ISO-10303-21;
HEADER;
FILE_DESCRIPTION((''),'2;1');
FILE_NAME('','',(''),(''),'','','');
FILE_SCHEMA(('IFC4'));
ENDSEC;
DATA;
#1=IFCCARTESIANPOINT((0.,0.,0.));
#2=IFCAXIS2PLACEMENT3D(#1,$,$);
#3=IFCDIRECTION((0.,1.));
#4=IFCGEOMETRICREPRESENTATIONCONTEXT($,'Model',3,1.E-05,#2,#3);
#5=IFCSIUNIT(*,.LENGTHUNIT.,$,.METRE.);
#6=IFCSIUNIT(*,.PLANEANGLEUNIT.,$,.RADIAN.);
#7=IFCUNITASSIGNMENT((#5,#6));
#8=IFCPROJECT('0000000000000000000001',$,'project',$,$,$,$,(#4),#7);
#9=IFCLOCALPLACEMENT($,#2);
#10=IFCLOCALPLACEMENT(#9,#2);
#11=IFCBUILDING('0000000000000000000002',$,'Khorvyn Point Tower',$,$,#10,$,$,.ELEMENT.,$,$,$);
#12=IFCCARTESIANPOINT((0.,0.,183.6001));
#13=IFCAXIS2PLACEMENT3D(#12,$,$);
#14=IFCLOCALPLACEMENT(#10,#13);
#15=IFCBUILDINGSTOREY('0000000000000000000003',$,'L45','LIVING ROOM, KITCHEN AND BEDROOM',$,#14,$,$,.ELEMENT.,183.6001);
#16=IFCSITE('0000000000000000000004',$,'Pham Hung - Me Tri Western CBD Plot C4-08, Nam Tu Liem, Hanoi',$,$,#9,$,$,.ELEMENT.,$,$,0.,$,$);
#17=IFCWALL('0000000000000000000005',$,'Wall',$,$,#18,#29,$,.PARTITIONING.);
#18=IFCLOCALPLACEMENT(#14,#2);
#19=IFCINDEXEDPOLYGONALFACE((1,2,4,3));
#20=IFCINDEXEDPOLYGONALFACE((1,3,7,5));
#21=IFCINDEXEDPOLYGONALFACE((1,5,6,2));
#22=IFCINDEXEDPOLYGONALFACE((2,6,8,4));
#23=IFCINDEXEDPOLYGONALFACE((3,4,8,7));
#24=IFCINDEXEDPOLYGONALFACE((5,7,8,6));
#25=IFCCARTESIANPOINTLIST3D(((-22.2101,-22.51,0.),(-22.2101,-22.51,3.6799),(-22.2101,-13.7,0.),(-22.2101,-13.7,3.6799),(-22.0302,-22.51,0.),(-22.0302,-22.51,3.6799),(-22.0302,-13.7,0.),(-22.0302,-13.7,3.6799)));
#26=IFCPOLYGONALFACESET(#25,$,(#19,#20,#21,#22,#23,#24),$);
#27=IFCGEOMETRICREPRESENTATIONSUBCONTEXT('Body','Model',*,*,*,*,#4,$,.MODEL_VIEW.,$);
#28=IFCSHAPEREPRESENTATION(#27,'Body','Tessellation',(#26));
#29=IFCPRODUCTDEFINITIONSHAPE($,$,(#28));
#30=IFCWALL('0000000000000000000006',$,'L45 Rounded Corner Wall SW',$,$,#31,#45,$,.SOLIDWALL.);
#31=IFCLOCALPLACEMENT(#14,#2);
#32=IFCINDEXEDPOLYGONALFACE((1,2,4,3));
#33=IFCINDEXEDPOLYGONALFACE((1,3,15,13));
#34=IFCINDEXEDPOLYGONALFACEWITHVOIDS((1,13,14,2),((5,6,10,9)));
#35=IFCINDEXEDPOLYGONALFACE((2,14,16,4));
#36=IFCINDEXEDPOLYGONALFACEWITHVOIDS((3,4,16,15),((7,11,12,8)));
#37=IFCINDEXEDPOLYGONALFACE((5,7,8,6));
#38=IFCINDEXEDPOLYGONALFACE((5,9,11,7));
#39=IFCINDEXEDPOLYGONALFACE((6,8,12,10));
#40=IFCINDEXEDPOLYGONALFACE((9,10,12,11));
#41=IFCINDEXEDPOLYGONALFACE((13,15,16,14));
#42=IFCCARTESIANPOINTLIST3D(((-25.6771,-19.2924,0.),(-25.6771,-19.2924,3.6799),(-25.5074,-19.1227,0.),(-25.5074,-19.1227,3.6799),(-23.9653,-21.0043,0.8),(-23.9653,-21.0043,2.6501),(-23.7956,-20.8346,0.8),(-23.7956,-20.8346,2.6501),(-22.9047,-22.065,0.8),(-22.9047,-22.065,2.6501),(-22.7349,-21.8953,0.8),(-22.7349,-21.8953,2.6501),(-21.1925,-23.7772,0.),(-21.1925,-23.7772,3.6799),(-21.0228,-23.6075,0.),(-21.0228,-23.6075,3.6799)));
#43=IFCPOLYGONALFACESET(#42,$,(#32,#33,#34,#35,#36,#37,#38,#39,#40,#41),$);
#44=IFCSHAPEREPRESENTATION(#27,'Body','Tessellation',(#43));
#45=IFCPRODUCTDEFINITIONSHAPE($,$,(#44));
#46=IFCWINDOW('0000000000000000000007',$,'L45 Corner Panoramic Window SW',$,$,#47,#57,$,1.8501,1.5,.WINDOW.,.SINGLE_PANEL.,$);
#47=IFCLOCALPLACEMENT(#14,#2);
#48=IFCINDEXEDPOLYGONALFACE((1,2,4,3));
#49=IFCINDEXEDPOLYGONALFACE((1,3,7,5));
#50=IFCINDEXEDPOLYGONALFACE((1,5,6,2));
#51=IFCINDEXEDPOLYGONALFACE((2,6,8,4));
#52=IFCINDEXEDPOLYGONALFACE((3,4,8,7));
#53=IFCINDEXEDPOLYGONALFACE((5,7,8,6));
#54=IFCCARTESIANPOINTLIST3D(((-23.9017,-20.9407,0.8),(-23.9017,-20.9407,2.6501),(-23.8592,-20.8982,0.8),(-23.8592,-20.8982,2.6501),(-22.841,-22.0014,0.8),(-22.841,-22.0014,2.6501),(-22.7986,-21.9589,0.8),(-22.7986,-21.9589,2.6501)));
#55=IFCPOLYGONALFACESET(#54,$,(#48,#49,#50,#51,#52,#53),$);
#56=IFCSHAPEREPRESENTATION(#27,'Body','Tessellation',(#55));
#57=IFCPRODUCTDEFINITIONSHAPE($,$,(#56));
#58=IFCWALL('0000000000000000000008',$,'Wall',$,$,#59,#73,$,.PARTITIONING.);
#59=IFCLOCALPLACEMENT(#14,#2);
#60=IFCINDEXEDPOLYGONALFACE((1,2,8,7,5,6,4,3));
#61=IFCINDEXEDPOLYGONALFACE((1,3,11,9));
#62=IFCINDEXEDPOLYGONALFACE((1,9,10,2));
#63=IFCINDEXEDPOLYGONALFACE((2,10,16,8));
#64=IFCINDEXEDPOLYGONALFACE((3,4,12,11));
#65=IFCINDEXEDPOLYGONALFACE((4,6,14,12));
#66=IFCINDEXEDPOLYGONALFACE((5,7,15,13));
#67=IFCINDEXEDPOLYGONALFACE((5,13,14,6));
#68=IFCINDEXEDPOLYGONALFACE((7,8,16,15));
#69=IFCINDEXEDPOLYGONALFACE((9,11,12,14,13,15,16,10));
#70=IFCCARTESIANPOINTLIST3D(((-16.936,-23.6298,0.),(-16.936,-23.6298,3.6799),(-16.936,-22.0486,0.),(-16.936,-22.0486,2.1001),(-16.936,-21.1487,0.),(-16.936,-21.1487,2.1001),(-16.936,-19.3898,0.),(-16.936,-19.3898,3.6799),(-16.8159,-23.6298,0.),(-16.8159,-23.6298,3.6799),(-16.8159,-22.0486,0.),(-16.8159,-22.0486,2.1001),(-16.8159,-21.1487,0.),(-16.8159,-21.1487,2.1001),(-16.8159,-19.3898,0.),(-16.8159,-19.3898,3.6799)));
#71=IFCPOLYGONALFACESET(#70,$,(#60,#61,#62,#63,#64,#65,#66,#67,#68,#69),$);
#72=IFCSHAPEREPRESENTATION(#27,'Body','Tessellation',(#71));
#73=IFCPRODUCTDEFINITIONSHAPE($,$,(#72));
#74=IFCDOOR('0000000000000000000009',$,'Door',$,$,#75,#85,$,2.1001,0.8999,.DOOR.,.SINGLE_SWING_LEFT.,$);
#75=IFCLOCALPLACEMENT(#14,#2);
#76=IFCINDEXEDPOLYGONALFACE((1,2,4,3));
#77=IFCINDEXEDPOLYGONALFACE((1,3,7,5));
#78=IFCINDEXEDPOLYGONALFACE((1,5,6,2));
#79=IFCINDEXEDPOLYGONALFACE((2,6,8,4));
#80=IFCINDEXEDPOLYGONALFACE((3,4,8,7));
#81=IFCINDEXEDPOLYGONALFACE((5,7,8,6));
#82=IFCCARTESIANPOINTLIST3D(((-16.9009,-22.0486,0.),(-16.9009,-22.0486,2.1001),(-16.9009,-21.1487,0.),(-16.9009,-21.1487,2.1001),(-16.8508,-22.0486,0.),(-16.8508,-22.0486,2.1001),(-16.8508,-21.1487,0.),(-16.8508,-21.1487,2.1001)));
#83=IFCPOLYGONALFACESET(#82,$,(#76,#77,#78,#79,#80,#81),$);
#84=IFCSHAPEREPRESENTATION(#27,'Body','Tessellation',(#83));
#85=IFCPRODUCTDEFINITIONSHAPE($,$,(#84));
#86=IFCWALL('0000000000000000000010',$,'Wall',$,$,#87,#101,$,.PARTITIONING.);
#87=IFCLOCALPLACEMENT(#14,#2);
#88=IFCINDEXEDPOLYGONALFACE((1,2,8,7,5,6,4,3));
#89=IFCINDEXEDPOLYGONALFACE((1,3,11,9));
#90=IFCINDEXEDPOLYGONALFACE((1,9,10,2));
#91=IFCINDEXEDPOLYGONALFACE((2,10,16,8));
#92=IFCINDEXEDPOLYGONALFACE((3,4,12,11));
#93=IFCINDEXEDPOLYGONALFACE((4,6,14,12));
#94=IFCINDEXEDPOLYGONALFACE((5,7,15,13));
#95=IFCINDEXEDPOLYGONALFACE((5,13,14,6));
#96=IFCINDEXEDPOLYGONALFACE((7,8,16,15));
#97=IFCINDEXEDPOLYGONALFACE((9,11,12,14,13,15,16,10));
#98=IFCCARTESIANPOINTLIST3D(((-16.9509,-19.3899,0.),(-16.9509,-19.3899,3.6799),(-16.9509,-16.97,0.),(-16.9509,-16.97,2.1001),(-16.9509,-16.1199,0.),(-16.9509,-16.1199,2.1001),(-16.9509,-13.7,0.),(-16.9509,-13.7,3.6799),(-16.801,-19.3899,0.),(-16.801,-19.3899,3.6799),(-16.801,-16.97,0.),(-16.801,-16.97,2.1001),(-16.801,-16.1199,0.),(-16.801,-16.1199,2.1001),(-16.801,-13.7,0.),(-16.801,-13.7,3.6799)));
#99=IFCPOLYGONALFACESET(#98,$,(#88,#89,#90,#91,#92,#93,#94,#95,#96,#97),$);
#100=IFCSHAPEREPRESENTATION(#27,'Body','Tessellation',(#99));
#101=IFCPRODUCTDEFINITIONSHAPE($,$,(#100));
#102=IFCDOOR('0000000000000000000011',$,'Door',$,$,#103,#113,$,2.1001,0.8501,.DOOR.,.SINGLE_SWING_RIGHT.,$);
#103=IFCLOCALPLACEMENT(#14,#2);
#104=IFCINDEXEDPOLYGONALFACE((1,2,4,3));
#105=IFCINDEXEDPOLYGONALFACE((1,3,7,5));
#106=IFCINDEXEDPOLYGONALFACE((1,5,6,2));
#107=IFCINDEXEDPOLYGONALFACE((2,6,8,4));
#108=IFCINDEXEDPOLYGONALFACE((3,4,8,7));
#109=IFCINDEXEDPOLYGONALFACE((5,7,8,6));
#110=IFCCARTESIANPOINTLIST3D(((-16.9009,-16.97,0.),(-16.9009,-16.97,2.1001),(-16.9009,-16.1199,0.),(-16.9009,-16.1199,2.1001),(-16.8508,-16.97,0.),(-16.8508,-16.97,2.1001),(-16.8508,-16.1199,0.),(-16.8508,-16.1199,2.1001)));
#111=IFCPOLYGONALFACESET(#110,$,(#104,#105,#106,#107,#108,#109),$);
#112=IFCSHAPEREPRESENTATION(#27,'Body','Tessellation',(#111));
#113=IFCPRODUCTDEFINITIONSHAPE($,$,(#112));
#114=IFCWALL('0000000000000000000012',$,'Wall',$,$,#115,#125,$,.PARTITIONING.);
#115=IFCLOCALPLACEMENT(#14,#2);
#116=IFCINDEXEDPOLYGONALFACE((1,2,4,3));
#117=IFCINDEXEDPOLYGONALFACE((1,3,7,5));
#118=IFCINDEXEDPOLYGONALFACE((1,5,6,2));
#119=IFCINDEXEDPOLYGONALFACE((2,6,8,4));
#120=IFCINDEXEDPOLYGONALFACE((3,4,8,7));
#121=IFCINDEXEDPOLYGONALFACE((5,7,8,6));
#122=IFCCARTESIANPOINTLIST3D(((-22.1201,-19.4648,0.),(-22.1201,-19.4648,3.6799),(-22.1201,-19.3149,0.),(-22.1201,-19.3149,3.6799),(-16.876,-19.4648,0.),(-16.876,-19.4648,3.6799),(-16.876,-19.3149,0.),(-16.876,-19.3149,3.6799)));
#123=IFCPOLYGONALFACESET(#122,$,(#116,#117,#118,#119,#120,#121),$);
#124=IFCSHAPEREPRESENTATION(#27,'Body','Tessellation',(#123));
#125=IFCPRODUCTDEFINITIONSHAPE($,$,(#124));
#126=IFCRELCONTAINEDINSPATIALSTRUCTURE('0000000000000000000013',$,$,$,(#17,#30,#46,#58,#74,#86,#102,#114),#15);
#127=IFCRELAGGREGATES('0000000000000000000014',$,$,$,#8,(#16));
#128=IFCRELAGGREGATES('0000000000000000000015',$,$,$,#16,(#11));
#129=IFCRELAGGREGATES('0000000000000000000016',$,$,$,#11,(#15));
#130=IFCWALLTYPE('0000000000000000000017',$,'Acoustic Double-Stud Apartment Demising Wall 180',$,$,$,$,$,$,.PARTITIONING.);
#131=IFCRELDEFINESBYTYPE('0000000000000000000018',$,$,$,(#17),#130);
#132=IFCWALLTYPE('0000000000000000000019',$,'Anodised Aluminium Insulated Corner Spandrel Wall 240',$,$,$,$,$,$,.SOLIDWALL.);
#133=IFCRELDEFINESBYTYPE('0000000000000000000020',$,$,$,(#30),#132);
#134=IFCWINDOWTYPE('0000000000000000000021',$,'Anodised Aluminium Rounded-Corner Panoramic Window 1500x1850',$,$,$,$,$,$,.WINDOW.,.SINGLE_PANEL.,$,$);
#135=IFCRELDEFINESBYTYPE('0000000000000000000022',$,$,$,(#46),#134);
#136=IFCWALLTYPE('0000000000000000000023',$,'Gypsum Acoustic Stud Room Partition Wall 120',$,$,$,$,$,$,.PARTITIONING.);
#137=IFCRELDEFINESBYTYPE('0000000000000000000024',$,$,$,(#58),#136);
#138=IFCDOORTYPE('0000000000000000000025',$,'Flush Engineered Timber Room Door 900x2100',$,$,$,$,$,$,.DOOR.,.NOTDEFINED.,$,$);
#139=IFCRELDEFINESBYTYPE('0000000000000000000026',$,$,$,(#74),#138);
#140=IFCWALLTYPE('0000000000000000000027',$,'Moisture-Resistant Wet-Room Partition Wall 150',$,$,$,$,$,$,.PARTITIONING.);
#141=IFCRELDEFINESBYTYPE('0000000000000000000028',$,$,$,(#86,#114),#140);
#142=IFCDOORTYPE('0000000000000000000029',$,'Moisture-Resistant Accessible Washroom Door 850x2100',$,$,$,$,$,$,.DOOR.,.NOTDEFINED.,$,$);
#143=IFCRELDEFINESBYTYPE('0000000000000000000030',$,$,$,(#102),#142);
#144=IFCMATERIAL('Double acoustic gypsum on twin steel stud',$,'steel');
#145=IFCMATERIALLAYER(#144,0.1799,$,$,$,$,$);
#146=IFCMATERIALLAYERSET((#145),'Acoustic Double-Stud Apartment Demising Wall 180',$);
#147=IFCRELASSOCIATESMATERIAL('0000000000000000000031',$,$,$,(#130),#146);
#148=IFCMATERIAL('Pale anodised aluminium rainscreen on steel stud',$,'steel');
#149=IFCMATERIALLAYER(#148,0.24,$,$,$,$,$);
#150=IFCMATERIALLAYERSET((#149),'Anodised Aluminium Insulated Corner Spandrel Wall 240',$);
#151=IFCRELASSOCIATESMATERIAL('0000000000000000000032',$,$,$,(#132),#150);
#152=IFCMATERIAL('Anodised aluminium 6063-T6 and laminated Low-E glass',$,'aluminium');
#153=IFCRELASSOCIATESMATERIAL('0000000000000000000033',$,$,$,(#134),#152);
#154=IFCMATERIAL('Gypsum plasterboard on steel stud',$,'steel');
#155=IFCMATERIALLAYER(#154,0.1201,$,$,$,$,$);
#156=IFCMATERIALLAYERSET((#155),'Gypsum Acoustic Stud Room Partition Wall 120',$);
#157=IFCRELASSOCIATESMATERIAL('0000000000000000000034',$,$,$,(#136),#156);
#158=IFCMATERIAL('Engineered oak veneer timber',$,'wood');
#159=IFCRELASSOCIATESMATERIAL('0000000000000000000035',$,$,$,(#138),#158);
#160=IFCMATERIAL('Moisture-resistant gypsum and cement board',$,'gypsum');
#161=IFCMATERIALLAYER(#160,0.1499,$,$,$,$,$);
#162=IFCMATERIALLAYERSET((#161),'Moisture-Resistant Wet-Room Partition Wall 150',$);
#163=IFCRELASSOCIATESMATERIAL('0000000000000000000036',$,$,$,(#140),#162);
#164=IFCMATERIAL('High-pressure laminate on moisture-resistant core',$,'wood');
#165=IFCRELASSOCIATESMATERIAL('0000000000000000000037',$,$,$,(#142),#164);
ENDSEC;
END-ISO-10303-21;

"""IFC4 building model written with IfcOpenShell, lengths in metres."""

from ifc_helpers import new_model, si_unit, direction, frame, frame_2d, origin, place, context, subcontext, project, spatial, rectangle, extrude, material, layer, layer_set, type_object, element, fill, save


model = new_model("IFC4")

# Units and contexts
model_context = context("Model", 3, precision=1e-05, world=origin(), true_north=direction((0.0, 1.0)))
body_context = subcontext(model_context, "Body", "Model", "MODEL_VIEW")
ifc_project = project(units=[si_unit("LENGTHUNIT", "METRE"), si_unit("PLANEANGLEUNIT", "RADIAN")], contexts=[model_context])

# Site, building, storey
site_placement = place(None, origin())
site = spatial("IfcSite", under=ifc_project, at=site_placement, Name="Pham Hung - Me Tri Western CBD Plot C4-08, Nam Tu Liem, Hanoi", CompositionType="ELEMENT", RefElevation=0.0)
building_placement = place(site_placement, origin())
building = spatial("IfcBuilding", under=site, at=building_placement, Name="Khorvyn Point Tower", CompositionType="ELEMENT")
storey_placement = place(building_placement, frame((0.0, 0.0, 183.6001)))
storey = spatial("IfcBuildingStorey", under=building, at=storey_placement, Name="L45", Description="LIVING ROOM, KITCHEN AND BEDROOM", CompositionType="ELEMENT", Elevation=183.6001)

# Shared definitions
ifc_material_1 = material(Name="Anodised aluminium 6063-T6 and laminated Low-E glass", Category="aluminium")

# Wall
ifc_material_2 = material(Name="Double acoustic gypsum on twin steel stud", Category="steel")
ifc_layer_1 = layer(ifc_material_2, 0.1799)
ifc_layer_set_1 = layer_set([ifc_layer_1], Name="Acoustic Double-Stud Apartment Demising Wall 180")
wall_type_1 = type_object("IfcWallType", Name="Acoustic Double-Stud Apartment Demising Wall 180", PredefinedType="PARTITIONING", material=ifc_layer_set_1)
wall_1_placement = place(storey_placement, frame((-22.1201, -22.51, 0.0), z_axis=(0.0, 0.0, 1.0), x_axis=(0.0, 1.0, 0.0)))
element("IfcWall", 1, at=wall_1_placement, inside=storey, type_object=wall_type_1, Name="Wall", PredefinedType="PARTITIONING", context=body_context, shape_type="SweptSolid", body=[
    extrude(rectangle(XDim=8.8101, YDim=0.1799, at=frame_2d((4.405, 0.0))), origin(), (0.0, 0.0, 1.0), 3.6799),
])

# Wall, opening, window
ifc_material_3 = material(Name="Pale anodised aluminium rainscreen on steel stud", Category="steel")
ifc_layer_2 = layer(ifc_material_3, 0.24)
ifc_layer_set_2 = layer_set([ifc_layer_2], Name="Anodised Aluminium Insulated Corner Spandrel Wall 240")
wall_type_2 = type_object("IfcWallType", Name="Anodised Aluminium Insulated Corner Spandrel Wall 240", PredefinedType="SOLIDWALL", material=ifc_layer_set_2)
wall_2_placement = place(storey_placement, frame((-21.1077, -23.6924, 0.0), z_axis=(0.0, 0.0, 1.0), x_axis=(-0.707088, 0.707126, 0.0)))
wall_2 = element("IfcWall", 2, at=wall_2_placement, inside=storey, type_object=wall_type_2, Name="L45 Rounded Corner Wall SW", PredefinedType="SOLIDWALL", context=body_context, shape_type="SweptSolid", body=[
    extrude(rectangle(XDim=6.3423, YDim=0.24, at=frame_2d((3.1711, 0.0))), origin(), (0.0, 0.0, 1.0), 3.6799),
])
opening_1_placement = place(wall_2_placement, frame((2.4214, 0.0, 0.8)))
opening_1 = element("IfcOpeningElement", 3, at=opening_1_placement, cuts=wall_2, PredefinedType="OPENING", context=body_context, shape_type="SweptSolid", body=[
    extrude(rectangle(XDim=1.5, YDim=1.8501, at=frame_2d((0.75, 0.925))), frame((0.0, 0.1299, 0.0), z_axis=(0.0, -1.0, 0.0), x_axis=(1.0, 0.0, 0.0)), (0.0, 0.0, 1.0), 0.26),
])
window_type = type_object("IfcWindowType", Name="Anodised Aluminium Rounded-Corner Panoramic Window 1500x1850", PartitioningType="SINGLE_PANEL", PredefinedType="WINDOW", material=ifc_material_1)
window_placement = place(opening_1_placement, origin())
window = element("IfcWindow", 4, at=window_placement, inside=storey, type_object=window_type, Name="L45 Corner Panoramic Window SW", OverallHeight=1.8501, OverallWidth=1.5, PartitioningType="SINGLE_PANEL", PredefinedType="WINDOW", context=body_context, shape_type="SweptSolid", body=[
    extrude(rectangle(XDim=1.5, YDim=1.8501, at=frame_2d((0.75, 0.925))), frame((0.0, 0.03, 0.0), z_axis=(0.0, -1.0, 0.0), x_axis=(1.0, 0.0, 0.0)), (0.0, 0.0, 1.0), 0.0601),
])
fill(opening_1, window)

# Walls, openings, doors
ifc_material_4 = material(Name="Gypsum plasterboard on steel stud", Category="steel")
ifc_layer_3 = layer(ifc_material_4, 0.1201)
ifc_layer_set_3 = layer_set([ifc_layer_3], Name="Gypsum Acoustic Stud Room Partition Wall 120")
wall_type_3 = type_object("IfcWallType", Name="Gypsum Acoustic Stud Room Partition Wall 120", PredefinedType="PARTITIONING", material=ifc_layer_set_3)
wall_3_placement = place(storey_placement, frame((-16.876, -23.6299, 0.0), z_axis=(0.0, 0.0, 1.0), x_axis=(0.0, 1.0, 0.0)))
wall_3 = element("IfcWall", 5, at=wall_3_placement, inside=storey, type_object=wall_type_3, Name="Wall", PredefinedType="PARTITIONING", context=body_context, shape_type="SweptSolid", body=[
    extrude(rectangle(XDim=4.24, YDim=0.1201, at=frame_2d((2.1201, 0.0))), origin(), (0.0, 0.0, 1.0), 3.6799),
])
opening_2_placement = place(wall_3_placement, frame((1.5813, 0.0, 0.0)))
opening_2 = element("IfcOpeningElement", 6, at=opening_2_placement, cuts=wall_3, PredefinedType="OPENING", context=body_context, shape_type="SweptSolid", body=[
    extrude(rectangle(XDim=0.8999, YDim=2.1001, at=frame_2d((0.45, 1.05))), frame((0.0, 0.0701, 0.0), z_axis=(0.0, -1.0, 0.0), x_axis=(1.0, 0.0, 0.0)), (0.0, 0.0, 1.0), 0.1401),
])
ifc_material_5 = material(Name="Engineered oak veneer timber", Category="wood")
door_type_1 = type_object("IfcDoorType", Name="Flush Engineered Timber Room Door 900x2100", OperationType="NOTDEFINED", PredefinedType="DOOR", material=ifc_material_5)
door_1_placement = place(opening_2_placement, origin())
door_1 = element("IfcDoor", 7, at=door_1_placement, inside=storey, type_object=door_type_1, Name="Door", OperationType="SINGLE_SWING_LEFT", OverallHeight=2.1001, OverallWidth=0.8999, PredefinedType="DOOR", context=body_context, shape_type="SweptSolid", body=[
    extrude(rectangle(XDim=0.8999, YDim=2.1001, at=frame_2d((0.45, 1.05))), frame((0.0, 0.0249, 0.0), z_axis=(0.0, -1.0, 0.0), x_axis=(1.0, 0.0, 0.0)), (0.0, 0.0, 1.0), 0.05),
])
fill(opening_2, door_1)
ifc_material_6 = material(Name="Moisture-resistant gypsum and cement board", Category="gypsum")
ifc_layer_4 = layer(ifc_material_6, 0.1499)
ifc_layer_set_4 = layer_set([ifc_layer_4], Name="Moisture-Resistant Wet-Room Partition Wall 150")
wall_type_4 = type_object("IfcWallType", Name="Moisture-Resistant Wet-Room Partition Wall 150", PredefinedType="PARTITIONING", material=ifc_layer_set_4)
wall_4_placement = place(storey_placement, frame((-16.876, -19.3899, 0.0), z_axis=(0.0, 0.0, 1.0), x_axis=(0.0, 1.0, 0.0)))
wall_4 = element("IfcWall", 8, at=wall_4_placement, inside=storey, type_object=wall_type_4, Name="Wall", PredefinedType="PARTITIONING", context=body_context, shape_type="SweptSolid", body=[
    extrude(rectangle(XDim=5.6899, YDim=0.1499, at=frame_2d((2.845, 0.0))), origin(), (0.0, 0.0, 1.0), 3.6799),
])
opening_3_placement = place(wall_4_placement, frame((2.4199, 0.0, 0.0)))
opening_3 = element("IfcOpeningElement", 9, at=opening_3_placement, cuts=wall_4, PredefinedType="OPENING", context=body_context, shape_type="SweptSolid", body=[
    extrude(rectangle(XDim=0.8501, YDim=2.1001, at=frame_2d((0.425, 1.05))), frame((0.0, 0.085, 0.0), z_axis=(0.0, -1.0, 0.0), x_axis=(1.0, 0.0, 0.0)), (0.0, 0.0, 1.0), 0.1699),
])
ifc_material_7 = material(Name="High-pressure laminate on moisture-resistant core", Category="wood")
door_type_2 = type_object("IfcDoorType", Name="Moisture-Resistant Accessible Washroom Door 850x2100", OperationType="NOTDEFINED", PredefinedType="DOOR", material=ifc_material_7)
door_2_placement = place(opening_3_placement, origin())
door_2 = element("IfcDoor", 10, at=door_2_placement, inside=storey, type_object=door_type_2, Name="Door", OperationType="SINGLE_SWING_RIGHT", OverallHeight=2.1001, OverallWidth=0.8501, PredefinedType="DOOR", context=body_context, shape_type="SweptSolid", body=[
    extrude(rectangle(XDim=0.8501, YDim=2.1001, at=frame_2d((0.425, 1.05))), frame((0.0, 0.0249, 0.0), z_axis=(0.0, -1.0, 0.0), x_axis=(1.0, 0.0, 0.0)), (0.0, 0.0, 1.0), 0.05),
])
fill(opening_3, door_2)

# Wall
wall_5_placement = place(storey_placement, frame((-22.1201, -19.3899, 0.0), z_axis=(0.0, 0.0, 1.0), x_axis=(1.0, 0.0, 0.0)))
element("IfcWall", 11, at=wall_5_placement, inside=storey, type_object=wall_type_4, Name="Wall", PredefinedType="PARTITIONING", context=body_context, shape_type="SweptSolid", body=[
    extrude(rectangle(XDim=5.2441, YDim=0.1499, at=frame_2d((2.6221, 0.0))), origin(), (0.0, 0.0, 1.0), 3.6799),
])

save(model, "model.ifc")
